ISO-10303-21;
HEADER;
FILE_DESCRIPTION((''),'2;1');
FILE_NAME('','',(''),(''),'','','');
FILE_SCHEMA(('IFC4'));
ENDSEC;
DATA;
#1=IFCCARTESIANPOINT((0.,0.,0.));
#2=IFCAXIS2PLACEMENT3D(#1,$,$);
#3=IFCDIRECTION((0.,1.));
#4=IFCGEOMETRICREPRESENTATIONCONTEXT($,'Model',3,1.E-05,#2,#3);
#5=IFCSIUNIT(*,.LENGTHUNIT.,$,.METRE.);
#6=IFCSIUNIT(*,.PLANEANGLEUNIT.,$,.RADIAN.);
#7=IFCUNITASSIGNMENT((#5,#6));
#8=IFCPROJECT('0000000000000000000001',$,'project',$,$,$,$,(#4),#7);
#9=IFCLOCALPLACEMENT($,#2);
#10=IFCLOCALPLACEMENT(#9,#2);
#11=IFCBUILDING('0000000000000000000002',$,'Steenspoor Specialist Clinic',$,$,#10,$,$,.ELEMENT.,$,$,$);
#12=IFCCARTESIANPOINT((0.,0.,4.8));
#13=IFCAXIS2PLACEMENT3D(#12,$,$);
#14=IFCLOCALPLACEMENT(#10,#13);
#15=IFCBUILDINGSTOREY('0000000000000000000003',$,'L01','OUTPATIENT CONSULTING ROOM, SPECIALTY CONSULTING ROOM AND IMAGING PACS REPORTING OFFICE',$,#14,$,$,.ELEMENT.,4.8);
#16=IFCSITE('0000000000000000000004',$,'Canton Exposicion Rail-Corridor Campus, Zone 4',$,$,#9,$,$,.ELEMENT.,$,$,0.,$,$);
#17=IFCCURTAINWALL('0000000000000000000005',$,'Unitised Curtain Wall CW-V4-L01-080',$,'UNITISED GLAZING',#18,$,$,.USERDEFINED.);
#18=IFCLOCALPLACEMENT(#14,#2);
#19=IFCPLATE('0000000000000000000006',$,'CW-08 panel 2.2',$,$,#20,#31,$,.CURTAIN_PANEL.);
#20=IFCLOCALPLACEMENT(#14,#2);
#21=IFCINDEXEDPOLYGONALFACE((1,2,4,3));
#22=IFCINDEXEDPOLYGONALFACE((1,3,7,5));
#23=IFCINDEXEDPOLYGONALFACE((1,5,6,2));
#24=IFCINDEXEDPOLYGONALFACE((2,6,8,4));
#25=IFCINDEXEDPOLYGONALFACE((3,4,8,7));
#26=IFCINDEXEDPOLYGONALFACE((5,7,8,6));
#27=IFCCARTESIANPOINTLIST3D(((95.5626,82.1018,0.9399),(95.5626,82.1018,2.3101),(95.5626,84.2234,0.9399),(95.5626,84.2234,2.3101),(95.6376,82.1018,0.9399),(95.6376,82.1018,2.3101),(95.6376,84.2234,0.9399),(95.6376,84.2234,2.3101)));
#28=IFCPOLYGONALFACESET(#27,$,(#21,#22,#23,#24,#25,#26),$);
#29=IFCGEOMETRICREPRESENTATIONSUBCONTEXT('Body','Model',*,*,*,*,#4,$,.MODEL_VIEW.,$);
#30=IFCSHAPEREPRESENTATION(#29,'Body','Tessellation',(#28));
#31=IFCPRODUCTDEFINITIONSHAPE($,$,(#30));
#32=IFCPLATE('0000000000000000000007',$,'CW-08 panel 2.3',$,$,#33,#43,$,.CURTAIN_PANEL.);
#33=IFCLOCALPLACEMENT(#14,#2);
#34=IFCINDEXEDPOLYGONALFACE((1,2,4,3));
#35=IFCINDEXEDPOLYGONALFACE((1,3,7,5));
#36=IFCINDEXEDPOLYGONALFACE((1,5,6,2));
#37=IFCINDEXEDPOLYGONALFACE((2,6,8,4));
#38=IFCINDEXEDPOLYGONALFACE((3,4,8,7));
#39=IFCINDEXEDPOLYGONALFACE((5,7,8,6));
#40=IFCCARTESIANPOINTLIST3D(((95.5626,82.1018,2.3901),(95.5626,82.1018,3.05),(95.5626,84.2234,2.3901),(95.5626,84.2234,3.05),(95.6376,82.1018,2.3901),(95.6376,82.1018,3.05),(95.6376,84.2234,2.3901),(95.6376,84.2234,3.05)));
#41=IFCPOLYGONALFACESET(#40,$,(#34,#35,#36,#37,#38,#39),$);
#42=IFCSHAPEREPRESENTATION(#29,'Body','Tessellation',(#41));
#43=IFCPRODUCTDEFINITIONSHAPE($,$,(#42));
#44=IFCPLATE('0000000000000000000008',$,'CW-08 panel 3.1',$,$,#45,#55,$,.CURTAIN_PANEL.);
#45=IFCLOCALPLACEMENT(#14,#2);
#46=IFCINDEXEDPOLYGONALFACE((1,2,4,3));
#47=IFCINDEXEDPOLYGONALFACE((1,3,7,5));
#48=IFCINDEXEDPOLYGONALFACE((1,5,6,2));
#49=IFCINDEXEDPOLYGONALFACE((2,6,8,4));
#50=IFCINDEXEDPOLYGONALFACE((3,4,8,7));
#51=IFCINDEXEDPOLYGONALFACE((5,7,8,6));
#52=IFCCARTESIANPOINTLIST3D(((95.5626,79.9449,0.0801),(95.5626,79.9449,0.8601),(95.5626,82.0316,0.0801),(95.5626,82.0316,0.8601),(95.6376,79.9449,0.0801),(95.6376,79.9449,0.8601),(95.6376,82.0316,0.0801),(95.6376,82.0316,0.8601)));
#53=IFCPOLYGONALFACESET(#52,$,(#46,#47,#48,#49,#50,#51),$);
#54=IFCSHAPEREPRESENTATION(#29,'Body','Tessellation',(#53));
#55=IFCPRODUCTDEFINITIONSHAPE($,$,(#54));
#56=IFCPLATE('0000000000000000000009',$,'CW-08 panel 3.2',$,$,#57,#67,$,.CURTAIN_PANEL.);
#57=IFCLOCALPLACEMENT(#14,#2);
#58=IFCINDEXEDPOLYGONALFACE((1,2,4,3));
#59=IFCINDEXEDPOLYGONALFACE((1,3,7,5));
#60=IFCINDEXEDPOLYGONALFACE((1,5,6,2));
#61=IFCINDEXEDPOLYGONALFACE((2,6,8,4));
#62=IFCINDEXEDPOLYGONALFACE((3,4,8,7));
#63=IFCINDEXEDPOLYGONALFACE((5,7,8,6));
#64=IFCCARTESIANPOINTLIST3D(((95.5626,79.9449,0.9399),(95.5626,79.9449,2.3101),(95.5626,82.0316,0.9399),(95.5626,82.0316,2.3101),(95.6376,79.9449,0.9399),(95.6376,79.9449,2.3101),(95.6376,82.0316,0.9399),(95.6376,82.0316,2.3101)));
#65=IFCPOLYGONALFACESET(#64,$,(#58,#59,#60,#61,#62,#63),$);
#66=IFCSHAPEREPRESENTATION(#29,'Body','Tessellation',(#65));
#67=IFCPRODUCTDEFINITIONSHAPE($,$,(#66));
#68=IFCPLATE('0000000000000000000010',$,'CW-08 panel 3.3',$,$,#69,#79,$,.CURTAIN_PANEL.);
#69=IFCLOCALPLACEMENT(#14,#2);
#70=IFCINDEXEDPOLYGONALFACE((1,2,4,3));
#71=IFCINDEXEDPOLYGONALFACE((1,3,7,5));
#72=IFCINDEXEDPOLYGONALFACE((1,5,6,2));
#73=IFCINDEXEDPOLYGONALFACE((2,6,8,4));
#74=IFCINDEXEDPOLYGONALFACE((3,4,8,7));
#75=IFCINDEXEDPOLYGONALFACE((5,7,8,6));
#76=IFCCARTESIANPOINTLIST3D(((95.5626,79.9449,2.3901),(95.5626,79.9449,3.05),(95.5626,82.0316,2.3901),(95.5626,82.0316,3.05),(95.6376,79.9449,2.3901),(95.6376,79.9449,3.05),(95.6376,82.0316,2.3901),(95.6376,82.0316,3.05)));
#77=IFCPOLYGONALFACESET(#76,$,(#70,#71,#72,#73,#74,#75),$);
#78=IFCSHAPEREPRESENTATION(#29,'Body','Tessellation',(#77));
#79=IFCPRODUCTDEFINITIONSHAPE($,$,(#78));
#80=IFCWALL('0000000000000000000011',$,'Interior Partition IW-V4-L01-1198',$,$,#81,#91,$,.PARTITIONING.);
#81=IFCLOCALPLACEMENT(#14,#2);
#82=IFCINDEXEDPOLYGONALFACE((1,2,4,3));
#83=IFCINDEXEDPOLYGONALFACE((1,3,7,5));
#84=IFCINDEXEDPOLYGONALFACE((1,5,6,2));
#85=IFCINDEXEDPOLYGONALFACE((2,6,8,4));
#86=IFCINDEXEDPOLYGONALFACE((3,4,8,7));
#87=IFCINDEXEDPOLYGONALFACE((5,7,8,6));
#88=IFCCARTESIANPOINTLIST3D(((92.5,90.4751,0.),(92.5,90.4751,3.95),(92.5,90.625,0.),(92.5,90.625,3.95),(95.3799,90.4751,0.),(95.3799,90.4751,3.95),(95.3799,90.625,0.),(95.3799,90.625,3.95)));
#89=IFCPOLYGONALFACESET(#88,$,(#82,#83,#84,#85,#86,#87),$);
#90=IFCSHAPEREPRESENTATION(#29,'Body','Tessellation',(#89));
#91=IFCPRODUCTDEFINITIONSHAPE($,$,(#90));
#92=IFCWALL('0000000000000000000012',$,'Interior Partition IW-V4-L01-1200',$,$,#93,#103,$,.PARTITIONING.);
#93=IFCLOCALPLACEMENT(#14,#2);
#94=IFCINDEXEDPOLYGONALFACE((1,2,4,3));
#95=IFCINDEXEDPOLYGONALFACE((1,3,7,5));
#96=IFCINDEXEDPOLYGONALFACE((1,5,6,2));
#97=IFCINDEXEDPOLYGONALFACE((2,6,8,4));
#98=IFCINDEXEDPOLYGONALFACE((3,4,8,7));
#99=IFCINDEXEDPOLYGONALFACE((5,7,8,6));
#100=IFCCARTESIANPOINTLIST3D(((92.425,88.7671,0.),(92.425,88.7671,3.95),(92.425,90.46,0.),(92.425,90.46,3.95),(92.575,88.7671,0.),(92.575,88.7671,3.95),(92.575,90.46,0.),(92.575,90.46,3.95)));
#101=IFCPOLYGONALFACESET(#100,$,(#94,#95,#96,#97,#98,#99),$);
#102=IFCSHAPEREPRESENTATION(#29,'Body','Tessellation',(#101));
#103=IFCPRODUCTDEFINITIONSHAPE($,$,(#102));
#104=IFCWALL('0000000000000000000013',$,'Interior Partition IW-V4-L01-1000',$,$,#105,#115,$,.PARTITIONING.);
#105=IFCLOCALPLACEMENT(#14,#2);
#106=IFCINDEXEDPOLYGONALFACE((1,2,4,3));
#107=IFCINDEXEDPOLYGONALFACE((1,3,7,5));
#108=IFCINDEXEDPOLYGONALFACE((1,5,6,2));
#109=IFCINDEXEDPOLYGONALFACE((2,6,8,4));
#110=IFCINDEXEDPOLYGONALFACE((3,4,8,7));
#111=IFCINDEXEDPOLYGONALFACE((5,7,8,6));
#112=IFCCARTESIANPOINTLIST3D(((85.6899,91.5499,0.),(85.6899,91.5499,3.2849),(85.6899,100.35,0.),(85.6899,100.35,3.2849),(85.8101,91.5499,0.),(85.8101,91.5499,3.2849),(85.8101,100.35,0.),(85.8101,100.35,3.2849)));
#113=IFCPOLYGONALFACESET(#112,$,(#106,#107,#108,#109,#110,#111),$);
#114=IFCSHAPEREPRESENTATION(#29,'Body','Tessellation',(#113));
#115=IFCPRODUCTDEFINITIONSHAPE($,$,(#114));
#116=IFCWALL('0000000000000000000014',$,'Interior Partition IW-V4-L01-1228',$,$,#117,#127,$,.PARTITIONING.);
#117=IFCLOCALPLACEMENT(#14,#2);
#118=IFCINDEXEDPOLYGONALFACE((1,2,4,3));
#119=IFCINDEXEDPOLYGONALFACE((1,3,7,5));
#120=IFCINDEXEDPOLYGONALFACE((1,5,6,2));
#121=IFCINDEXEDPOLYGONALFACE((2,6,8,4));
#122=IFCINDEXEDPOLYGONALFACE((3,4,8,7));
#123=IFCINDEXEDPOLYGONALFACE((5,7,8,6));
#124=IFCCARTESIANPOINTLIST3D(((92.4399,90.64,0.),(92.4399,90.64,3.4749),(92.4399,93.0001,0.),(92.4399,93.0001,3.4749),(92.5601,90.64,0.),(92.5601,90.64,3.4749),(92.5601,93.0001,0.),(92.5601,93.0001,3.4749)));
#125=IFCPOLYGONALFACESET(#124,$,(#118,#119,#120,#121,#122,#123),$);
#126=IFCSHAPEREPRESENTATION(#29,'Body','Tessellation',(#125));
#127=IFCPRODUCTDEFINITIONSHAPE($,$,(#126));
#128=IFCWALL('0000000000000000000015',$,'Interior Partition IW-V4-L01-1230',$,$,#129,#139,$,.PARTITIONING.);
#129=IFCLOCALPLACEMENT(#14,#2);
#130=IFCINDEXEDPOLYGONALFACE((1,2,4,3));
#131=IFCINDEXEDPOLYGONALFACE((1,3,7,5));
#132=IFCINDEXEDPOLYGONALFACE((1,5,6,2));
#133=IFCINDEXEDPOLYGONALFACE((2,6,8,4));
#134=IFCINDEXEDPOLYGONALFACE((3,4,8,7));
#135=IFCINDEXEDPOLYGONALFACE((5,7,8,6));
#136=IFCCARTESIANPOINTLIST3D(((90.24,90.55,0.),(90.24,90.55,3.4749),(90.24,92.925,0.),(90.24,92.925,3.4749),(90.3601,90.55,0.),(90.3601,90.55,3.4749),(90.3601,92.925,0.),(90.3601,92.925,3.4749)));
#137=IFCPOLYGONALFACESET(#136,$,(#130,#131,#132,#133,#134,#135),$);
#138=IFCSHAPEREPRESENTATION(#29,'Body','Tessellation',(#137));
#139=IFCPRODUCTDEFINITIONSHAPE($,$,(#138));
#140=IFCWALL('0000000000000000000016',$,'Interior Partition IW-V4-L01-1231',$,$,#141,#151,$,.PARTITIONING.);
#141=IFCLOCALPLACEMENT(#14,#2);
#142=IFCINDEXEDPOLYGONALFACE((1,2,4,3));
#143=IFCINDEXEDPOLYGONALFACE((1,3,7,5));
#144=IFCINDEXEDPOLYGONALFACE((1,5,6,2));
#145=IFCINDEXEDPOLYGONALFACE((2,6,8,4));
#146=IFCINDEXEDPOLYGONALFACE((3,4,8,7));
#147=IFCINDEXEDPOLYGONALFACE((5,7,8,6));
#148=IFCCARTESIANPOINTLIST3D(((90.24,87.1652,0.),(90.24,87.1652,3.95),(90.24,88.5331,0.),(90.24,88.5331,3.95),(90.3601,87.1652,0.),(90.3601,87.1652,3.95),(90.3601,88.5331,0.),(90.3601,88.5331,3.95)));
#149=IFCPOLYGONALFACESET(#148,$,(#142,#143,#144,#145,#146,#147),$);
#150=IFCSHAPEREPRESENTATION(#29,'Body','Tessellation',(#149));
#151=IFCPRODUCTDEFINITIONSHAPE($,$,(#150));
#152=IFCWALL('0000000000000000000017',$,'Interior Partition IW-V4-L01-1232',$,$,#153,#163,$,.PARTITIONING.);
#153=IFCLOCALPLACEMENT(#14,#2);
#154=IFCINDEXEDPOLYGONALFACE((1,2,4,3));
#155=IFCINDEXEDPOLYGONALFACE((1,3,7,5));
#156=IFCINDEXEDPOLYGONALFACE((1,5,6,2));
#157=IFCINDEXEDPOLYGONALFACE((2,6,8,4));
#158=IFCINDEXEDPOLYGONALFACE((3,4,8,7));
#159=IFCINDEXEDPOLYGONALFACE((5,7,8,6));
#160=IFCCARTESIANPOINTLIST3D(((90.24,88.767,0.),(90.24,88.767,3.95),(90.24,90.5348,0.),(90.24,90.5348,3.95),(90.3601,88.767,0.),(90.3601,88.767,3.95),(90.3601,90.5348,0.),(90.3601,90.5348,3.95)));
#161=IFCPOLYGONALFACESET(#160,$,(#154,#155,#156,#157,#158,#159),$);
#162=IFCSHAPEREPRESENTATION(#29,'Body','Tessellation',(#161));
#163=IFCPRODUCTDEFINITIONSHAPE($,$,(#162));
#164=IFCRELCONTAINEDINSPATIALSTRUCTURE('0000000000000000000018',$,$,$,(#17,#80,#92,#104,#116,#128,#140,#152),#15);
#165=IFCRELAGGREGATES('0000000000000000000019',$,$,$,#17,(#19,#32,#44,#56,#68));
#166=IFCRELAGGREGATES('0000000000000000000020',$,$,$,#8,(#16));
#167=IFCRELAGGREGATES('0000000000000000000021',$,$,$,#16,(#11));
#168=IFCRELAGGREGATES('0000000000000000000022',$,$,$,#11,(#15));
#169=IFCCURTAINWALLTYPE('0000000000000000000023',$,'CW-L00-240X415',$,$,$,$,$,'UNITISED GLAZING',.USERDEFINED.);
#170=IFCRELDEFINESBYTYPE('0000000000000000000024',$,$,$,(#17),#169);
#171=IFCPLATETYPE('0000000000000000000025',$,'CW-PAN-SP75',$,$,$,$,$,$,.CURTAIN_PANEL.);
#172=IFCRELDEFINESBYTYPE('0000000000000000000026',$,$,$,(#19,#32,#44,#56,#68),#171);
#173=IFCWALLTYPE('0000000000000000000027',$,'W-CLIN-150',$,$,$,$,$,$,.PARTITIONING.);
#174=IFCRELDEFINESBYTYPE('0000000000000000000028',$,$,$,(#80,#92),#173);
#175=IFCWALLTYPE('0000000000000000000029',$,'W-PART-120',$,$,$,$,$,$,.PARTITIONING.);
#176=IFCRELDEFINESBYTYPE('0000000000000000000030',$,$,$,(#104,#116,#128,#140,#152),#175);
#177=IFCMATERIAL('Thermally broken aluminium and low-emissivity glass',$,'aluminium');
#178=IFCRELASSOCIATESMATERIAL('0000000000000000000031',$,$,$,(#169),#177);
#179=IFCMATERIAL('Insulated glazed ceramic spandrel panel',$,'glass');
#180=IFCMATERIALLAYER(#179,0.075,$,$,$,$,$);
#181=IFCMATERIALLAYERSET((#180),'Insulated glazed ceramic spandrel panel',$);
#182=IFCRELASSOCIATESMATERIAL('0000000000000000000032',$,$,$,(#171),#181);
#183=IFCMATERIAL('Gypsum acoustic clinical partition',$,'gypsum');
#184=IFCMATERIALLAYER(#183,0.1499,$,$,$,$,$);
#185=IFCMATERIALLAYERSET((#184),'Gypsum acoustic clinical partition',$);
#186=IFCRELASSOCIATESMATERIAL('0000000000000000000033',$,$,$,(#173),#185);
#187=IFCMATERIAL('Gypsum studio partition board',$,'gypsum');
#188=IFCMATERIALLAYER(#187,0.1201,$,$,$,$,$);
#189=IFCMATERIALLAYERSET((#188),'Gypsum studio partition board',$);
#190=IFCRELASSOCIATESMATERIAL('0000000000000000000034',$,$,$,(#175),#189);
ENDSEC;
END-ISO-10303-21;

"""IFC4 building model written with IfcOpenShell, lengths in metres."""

from ifc_helpers import new_model, si_unit, direction, frame, frame_2d, origin, origin_2d, place, context, subcontext, project, spatial, rectangle, extrude, material, layer, layer_set, type_object, element, aggregate, save


model = new_model("IFC4")

# Units and contexts
model_context = context("Model", 3, precision=1e-05, world=origin(), true_north=direction((0.0, 1.0)))
body_context = subcontext(model_context, "Body", "Model", "MODEL_VIEW")
ifc_project = project(units=[si_unit("LENGTHUNIT", "METRE"), si_unit("PLANEANGLEUNIT", "RADIAN")], contexts=[model_context])

# Site, building, storey
site_placement = place(None, origin())
site = spatial("IfcSite", under=ifc_project, at=site_placement, Name="Canton Exposicion Rail-Corridor Campus, Zone 4", CompositionType="ELEMENT", RefElevation=0.0)
building_placement = place(site_placement, origin())
building = spatial("IfcBuilding", under=site, at=building_placement, Name="Steenspoor Specialist Clinic", CompositionType="ELEMENT")
storey_placement = place(building_placement, frame((0.0, 0.0, 4.8)))
storey = spatial("IfcBuildingStorey", under=building, at=storey_placement, Name="L01", Description="OUTPATIENT CONSULTING ROOM, SPECIALTY CONSULTING ROOM AND IMAGING PACS REPORTING OFFICE", CompositionType="ELEMENT", Elevation=4.8)

# Curtain wall
ifc_material_1 = material(Name="Thermally broken aluminium and low-emissivity glass", Category="aluminium")
curtain_wall_type = type_object("IfcCurtainWallType", Name="CW-L00-240X415", ElementType="UNITISED GLAZING", PredefinedType="USERDEFINED", material=ifc_material_1)
curtain_wall_placement = place(storey_placement, origin())
curtain_wall = element("IfcCurtainWall", 1, at=curtain_wall_placement, inside=storey, type_object=curtain_wall_type, Name="Unitised Curtain Wall CW-V4-L01-080", ObjectType="UNITISED GLAZING", PredefinedType="USERDEFINED")

# Plates
ifc_material_2 = material(Name="Insulated glazed ceramic spandrel panel", Category="glass")
ifc_layer_1 = layer(ifc_material_2, 0.075)
ifc_layer_set_1 = layer_set([ifc_layer_1], Name="Insulated glazed ceramic spandrel panel")
plate_type = type_object("IfcPlateType", Name="CW-PAN-SP75", PredefinedType="CURTAIN_PANEL", material=ifc_layer_set_1)
plate_1_placement = place(storey_placement, frame((95.6001, 83.1626, 0.9399), z_axis=(0.0, 0.0, 1.0), x_axis=(0.0, -1.0, 0.0)))
plate_1 = element("IfcPlate", 2, at=plate_1_placement, type_object=plate_type, Name="CW-08 panel 2.2", PredefinedType="CURTAIN_PANEL", context=body_context, shape_type="SweptSolid", body=[
    extrude(rectangle(XDim=2.1216, YDim=0.075, at=origin_2d()), origin(), (0.0, 0.0, 1.0), 1.3701),
])
plate_2_placement = place(storey_placement, frame((95.6001, 83.1626, 2.3901), z_axis=(0.0, 0.0, 1.0), x_axis=(0.0, -1.0, 0.0)))
plate_2 = element("IfcPlate", 3, at=plate_2_placement, type_object=plate_type, Name="CW-08 panel 2.3", PredefinedType="CURTAIN_PANEL", context=body_context, shape_type="SweptSolid", body=[
    extrude(rectangle(XDim=2.1216, YDim=0.075, at=origin_2d()), origin(), (0.0, 0.0, 1.0), 0.6599),
])
plate_3_placement = place(storey_placement, frame((95.6001, 80.9883, 0.0801), z_axis=(0.0, 0.0, 1.0), x_axis=(0.0, -1.0, 0.0)))
plate_3 = element("IfcPlate", 4, at=plate_3_placement, type_object=plate_type, Name="CW-08 panel 3.1", PredefinedType="CURTAIN_PANEL", context=body_context, shape_type="SweptSolid", body=[
    extrude(rectangle(XDim=2.0867, YDim=0.075, at=origin_2d()), origin(), (0.0, 0.0, 1.0), 0.78),
])
plate_4_placement = place(storey_placement, frame((95.6001, 80.9883, 0.9399), z_axis=(0.0, 0.0, 1.0), x_axis=(0.0, -1.0, 0.0)))
plate_4 = element("IfcPlate", 5, at=plate_4_placement, type_object=plate_type, Name="CW-08 panel 3.2", PredefinedType="CURTAIN_PANEL", context=body_context, shape_type="SweptSolid", body=[
    extrude(rectangle(XDim=2.0867, YDim=0.075, at=origin_2d()), origin(), (0.0, 0.0, 1.0), 1.3701),
])
plate_5_placement = place(storey_placement, frame((95.6001, 80.9883, 2.3901), z_axis=(0.0, 0.0, 1.0), x_axis=(0.0, -1.0, 0.0)))
plate_5 = element("IfcPlate", 6, at=plate_5_placement, type_object=plate_type, Name="CW-08 panel 3.3", PredefinedType="CURTAIN_PANEL", context=body_context, shape_type="SweptSolid", body=[
    extrude(rectangle(XDim=2.0867, YDim=0.075, at=origin_2d()), origin(), (0.0, 0.0, 1.0), 0.6599),
])
aggregate(curtain_wall, [plate_1, plate_2, plate_3, plate_4, plate_5])

# Walls
ifc_material_3 = material(Name="Gypsum acoustic clinical partition", Category="gypsum")
ifc_layer_2 = layer(ifc_material_3, 0.1499)
ifc_layer_set_2 = layer_set([ifc_layer_2], Name="Gypsum acoustic clinical partition")
wall_type_1 = type_object("IfcWallType", Name="W-CLIN-150", PredefinedType="PARTITIONING", material=ifc_layer_set_2)
wall_1_placement = place(storey_placement, frame((92.5, 90.55, 0.0), z_axis=(0.0, 0.0, 1.0), x_axis=(1.0, 0.0, 0.0)))
element("IfcWall", 7, at=wall_1_placement, inside=storey, type_object=wall_type_1, Name="Interior Partition IW-V4-L01-1198", PredefinedType="PARTITIONING", context=body_context, shape_type="SweptSolid", body=[
    extrude(rectangle(XDim=2.8799, YDim=0.1499, at=frame_2d((1.4399, 0.0))), origin(), (0.0, 0.0, 1.0), 3.95),
])
wall_2_placement = place(storey_placement, frame((92.5, 88.7671, 0.0), z_axis=(0.0, 0.0, 1.0), x_axis=(0.0, 1.0, 0.0)))
element("IfcWall", 8, at=wall_2_placement, inside=storey, type_object=wall_type_1, Name="Interior Partition IW-V4-L01-1200", PredefinedType="PARTITIONING", context=body_context, shape_type="SweptSolid", body=[
    extrude(rectangle(XDim=1.6929, YDim=0.1499, at=frame_2d((0.8464, 0.0))), origin(), (0.0, 0.0, 1.0), 3.95),
])
ifc_material_4 = material(Name="Gypsum studio partition board", Category="gypsum")
ifc_layer_3 = layer(ifc_material_4, 0.1201)
ifc_layer_set_3 = layer_set([ifc_layer_3], Name="Gypsum studio partition board")
wall_type_2 = type_object("IfcWallType", Name="W-PART-120", PredefinedType="PARTITIONING", material=ifc_layer_set_3)
wall_3_placement = place(storey_placement, frame((85.75, 91.55, 0.0), z_axis=(0.0, 0.0, 1.0), x_axis=(0.0, 1.0, 0.0)))
element("IfcWall", 9, at=wall_3_placement, inside=storey, type_object=wall_type_2, Name="Interior Partition IW-V4-L01-1000", PredefinedType="PARTITIONING", context=body_context, shape_type="SweptSolid", body=[
    extrude(rectangle(XDim=8.8, YDim=0.1201, at=frame_2d((4.3999, 0.0))), origin(), (0.0, 0.0, 1.0), 3.2849),
])
wall_4_placement = place(storey_placement, frame((92.5, 90.6399, 0.0), z_axis=(0.0, 0.0, 1.0), x_axis=(0.0, 1.0, 0.0)))
element("IfcWall", 10, at=wall_4_placement, inside=storey, type_object=wall_type_2, Name="Interior Partition IW-V4-L01-1228", PredefinedType="PARTITIONING", context=body_context, shape_type="SweptSolid", body=[
    extrude(rectangle(XDim=2.3601, YDim=0.1201, at=frame_2d((1.1802, 0.0))), origin(), (0.0, 0.0, 1.0), 3.4749),
])
wall_5_placement = place(storey_placement, frame((90.3, 90.55, 0.0), z_axis=(0.0, 0.0, 1.0), x_axis=(0.0, 1.0, 0.0)))
element("IfcWall", 11, at=wall_5_placement, inside=storey, type_object=wall_type_2, Name="Interior Partition IW-V4-L01-1230", PredefinedType="PARTITIONING", context=body_context, shape_type="SweptSolid", body=[
    extrude(rectangle(XDim=2.375, YDim=0.1201, at=frame_2d((1.1875, 0.0))), origin(), (0.0, 0.0, 1.0), 3.4749),
])
wall_6_placement = place(storey_placement, frame((90.3, 87.165, 0.0), z_axis=(0.0, 0.0, 1.0), x_axis=(0.0, 1.0, 0.0)))
element("IfcWall", 12, at=wall_6_placement, inside=storey, type_object=wall_type_2, Name="Interior Partition IW-V4-L01-1231", PredefinedType="PARTITIONING", context=body_context, shape_type="SweptSolid", body=[
    extrude(rectangle(XDim=1.3679, YDim=0.1201, at=frame_2d((0.6841, 0.0))), origin(), (0.0, 0.0, 1.0), 3.95),
])
wall_7_placement = place(storey_placement, frame((90.3, 88.7671, 0.0), z_axis=(0.0, 0.0, 1.0), x_axis=(0.0, 1.0, 0.0)))
element("IfcWall", 13, at=wall_7_placement, inside=storey, type_object=wall_type_2, Name="Interior Partition IW-V4-L01-1232", PredefinedType="PARTITIONING", context=body_context, shape_type="SweptSolid", body=[
    extrude(rectangle(XDim=1.7678, YDim=0.1201, at=frame_2d((0.8838, 0.0))), origin(), (0.0, 0.0, 1.0), 3.95),
])

save(model, "model.ifc")
